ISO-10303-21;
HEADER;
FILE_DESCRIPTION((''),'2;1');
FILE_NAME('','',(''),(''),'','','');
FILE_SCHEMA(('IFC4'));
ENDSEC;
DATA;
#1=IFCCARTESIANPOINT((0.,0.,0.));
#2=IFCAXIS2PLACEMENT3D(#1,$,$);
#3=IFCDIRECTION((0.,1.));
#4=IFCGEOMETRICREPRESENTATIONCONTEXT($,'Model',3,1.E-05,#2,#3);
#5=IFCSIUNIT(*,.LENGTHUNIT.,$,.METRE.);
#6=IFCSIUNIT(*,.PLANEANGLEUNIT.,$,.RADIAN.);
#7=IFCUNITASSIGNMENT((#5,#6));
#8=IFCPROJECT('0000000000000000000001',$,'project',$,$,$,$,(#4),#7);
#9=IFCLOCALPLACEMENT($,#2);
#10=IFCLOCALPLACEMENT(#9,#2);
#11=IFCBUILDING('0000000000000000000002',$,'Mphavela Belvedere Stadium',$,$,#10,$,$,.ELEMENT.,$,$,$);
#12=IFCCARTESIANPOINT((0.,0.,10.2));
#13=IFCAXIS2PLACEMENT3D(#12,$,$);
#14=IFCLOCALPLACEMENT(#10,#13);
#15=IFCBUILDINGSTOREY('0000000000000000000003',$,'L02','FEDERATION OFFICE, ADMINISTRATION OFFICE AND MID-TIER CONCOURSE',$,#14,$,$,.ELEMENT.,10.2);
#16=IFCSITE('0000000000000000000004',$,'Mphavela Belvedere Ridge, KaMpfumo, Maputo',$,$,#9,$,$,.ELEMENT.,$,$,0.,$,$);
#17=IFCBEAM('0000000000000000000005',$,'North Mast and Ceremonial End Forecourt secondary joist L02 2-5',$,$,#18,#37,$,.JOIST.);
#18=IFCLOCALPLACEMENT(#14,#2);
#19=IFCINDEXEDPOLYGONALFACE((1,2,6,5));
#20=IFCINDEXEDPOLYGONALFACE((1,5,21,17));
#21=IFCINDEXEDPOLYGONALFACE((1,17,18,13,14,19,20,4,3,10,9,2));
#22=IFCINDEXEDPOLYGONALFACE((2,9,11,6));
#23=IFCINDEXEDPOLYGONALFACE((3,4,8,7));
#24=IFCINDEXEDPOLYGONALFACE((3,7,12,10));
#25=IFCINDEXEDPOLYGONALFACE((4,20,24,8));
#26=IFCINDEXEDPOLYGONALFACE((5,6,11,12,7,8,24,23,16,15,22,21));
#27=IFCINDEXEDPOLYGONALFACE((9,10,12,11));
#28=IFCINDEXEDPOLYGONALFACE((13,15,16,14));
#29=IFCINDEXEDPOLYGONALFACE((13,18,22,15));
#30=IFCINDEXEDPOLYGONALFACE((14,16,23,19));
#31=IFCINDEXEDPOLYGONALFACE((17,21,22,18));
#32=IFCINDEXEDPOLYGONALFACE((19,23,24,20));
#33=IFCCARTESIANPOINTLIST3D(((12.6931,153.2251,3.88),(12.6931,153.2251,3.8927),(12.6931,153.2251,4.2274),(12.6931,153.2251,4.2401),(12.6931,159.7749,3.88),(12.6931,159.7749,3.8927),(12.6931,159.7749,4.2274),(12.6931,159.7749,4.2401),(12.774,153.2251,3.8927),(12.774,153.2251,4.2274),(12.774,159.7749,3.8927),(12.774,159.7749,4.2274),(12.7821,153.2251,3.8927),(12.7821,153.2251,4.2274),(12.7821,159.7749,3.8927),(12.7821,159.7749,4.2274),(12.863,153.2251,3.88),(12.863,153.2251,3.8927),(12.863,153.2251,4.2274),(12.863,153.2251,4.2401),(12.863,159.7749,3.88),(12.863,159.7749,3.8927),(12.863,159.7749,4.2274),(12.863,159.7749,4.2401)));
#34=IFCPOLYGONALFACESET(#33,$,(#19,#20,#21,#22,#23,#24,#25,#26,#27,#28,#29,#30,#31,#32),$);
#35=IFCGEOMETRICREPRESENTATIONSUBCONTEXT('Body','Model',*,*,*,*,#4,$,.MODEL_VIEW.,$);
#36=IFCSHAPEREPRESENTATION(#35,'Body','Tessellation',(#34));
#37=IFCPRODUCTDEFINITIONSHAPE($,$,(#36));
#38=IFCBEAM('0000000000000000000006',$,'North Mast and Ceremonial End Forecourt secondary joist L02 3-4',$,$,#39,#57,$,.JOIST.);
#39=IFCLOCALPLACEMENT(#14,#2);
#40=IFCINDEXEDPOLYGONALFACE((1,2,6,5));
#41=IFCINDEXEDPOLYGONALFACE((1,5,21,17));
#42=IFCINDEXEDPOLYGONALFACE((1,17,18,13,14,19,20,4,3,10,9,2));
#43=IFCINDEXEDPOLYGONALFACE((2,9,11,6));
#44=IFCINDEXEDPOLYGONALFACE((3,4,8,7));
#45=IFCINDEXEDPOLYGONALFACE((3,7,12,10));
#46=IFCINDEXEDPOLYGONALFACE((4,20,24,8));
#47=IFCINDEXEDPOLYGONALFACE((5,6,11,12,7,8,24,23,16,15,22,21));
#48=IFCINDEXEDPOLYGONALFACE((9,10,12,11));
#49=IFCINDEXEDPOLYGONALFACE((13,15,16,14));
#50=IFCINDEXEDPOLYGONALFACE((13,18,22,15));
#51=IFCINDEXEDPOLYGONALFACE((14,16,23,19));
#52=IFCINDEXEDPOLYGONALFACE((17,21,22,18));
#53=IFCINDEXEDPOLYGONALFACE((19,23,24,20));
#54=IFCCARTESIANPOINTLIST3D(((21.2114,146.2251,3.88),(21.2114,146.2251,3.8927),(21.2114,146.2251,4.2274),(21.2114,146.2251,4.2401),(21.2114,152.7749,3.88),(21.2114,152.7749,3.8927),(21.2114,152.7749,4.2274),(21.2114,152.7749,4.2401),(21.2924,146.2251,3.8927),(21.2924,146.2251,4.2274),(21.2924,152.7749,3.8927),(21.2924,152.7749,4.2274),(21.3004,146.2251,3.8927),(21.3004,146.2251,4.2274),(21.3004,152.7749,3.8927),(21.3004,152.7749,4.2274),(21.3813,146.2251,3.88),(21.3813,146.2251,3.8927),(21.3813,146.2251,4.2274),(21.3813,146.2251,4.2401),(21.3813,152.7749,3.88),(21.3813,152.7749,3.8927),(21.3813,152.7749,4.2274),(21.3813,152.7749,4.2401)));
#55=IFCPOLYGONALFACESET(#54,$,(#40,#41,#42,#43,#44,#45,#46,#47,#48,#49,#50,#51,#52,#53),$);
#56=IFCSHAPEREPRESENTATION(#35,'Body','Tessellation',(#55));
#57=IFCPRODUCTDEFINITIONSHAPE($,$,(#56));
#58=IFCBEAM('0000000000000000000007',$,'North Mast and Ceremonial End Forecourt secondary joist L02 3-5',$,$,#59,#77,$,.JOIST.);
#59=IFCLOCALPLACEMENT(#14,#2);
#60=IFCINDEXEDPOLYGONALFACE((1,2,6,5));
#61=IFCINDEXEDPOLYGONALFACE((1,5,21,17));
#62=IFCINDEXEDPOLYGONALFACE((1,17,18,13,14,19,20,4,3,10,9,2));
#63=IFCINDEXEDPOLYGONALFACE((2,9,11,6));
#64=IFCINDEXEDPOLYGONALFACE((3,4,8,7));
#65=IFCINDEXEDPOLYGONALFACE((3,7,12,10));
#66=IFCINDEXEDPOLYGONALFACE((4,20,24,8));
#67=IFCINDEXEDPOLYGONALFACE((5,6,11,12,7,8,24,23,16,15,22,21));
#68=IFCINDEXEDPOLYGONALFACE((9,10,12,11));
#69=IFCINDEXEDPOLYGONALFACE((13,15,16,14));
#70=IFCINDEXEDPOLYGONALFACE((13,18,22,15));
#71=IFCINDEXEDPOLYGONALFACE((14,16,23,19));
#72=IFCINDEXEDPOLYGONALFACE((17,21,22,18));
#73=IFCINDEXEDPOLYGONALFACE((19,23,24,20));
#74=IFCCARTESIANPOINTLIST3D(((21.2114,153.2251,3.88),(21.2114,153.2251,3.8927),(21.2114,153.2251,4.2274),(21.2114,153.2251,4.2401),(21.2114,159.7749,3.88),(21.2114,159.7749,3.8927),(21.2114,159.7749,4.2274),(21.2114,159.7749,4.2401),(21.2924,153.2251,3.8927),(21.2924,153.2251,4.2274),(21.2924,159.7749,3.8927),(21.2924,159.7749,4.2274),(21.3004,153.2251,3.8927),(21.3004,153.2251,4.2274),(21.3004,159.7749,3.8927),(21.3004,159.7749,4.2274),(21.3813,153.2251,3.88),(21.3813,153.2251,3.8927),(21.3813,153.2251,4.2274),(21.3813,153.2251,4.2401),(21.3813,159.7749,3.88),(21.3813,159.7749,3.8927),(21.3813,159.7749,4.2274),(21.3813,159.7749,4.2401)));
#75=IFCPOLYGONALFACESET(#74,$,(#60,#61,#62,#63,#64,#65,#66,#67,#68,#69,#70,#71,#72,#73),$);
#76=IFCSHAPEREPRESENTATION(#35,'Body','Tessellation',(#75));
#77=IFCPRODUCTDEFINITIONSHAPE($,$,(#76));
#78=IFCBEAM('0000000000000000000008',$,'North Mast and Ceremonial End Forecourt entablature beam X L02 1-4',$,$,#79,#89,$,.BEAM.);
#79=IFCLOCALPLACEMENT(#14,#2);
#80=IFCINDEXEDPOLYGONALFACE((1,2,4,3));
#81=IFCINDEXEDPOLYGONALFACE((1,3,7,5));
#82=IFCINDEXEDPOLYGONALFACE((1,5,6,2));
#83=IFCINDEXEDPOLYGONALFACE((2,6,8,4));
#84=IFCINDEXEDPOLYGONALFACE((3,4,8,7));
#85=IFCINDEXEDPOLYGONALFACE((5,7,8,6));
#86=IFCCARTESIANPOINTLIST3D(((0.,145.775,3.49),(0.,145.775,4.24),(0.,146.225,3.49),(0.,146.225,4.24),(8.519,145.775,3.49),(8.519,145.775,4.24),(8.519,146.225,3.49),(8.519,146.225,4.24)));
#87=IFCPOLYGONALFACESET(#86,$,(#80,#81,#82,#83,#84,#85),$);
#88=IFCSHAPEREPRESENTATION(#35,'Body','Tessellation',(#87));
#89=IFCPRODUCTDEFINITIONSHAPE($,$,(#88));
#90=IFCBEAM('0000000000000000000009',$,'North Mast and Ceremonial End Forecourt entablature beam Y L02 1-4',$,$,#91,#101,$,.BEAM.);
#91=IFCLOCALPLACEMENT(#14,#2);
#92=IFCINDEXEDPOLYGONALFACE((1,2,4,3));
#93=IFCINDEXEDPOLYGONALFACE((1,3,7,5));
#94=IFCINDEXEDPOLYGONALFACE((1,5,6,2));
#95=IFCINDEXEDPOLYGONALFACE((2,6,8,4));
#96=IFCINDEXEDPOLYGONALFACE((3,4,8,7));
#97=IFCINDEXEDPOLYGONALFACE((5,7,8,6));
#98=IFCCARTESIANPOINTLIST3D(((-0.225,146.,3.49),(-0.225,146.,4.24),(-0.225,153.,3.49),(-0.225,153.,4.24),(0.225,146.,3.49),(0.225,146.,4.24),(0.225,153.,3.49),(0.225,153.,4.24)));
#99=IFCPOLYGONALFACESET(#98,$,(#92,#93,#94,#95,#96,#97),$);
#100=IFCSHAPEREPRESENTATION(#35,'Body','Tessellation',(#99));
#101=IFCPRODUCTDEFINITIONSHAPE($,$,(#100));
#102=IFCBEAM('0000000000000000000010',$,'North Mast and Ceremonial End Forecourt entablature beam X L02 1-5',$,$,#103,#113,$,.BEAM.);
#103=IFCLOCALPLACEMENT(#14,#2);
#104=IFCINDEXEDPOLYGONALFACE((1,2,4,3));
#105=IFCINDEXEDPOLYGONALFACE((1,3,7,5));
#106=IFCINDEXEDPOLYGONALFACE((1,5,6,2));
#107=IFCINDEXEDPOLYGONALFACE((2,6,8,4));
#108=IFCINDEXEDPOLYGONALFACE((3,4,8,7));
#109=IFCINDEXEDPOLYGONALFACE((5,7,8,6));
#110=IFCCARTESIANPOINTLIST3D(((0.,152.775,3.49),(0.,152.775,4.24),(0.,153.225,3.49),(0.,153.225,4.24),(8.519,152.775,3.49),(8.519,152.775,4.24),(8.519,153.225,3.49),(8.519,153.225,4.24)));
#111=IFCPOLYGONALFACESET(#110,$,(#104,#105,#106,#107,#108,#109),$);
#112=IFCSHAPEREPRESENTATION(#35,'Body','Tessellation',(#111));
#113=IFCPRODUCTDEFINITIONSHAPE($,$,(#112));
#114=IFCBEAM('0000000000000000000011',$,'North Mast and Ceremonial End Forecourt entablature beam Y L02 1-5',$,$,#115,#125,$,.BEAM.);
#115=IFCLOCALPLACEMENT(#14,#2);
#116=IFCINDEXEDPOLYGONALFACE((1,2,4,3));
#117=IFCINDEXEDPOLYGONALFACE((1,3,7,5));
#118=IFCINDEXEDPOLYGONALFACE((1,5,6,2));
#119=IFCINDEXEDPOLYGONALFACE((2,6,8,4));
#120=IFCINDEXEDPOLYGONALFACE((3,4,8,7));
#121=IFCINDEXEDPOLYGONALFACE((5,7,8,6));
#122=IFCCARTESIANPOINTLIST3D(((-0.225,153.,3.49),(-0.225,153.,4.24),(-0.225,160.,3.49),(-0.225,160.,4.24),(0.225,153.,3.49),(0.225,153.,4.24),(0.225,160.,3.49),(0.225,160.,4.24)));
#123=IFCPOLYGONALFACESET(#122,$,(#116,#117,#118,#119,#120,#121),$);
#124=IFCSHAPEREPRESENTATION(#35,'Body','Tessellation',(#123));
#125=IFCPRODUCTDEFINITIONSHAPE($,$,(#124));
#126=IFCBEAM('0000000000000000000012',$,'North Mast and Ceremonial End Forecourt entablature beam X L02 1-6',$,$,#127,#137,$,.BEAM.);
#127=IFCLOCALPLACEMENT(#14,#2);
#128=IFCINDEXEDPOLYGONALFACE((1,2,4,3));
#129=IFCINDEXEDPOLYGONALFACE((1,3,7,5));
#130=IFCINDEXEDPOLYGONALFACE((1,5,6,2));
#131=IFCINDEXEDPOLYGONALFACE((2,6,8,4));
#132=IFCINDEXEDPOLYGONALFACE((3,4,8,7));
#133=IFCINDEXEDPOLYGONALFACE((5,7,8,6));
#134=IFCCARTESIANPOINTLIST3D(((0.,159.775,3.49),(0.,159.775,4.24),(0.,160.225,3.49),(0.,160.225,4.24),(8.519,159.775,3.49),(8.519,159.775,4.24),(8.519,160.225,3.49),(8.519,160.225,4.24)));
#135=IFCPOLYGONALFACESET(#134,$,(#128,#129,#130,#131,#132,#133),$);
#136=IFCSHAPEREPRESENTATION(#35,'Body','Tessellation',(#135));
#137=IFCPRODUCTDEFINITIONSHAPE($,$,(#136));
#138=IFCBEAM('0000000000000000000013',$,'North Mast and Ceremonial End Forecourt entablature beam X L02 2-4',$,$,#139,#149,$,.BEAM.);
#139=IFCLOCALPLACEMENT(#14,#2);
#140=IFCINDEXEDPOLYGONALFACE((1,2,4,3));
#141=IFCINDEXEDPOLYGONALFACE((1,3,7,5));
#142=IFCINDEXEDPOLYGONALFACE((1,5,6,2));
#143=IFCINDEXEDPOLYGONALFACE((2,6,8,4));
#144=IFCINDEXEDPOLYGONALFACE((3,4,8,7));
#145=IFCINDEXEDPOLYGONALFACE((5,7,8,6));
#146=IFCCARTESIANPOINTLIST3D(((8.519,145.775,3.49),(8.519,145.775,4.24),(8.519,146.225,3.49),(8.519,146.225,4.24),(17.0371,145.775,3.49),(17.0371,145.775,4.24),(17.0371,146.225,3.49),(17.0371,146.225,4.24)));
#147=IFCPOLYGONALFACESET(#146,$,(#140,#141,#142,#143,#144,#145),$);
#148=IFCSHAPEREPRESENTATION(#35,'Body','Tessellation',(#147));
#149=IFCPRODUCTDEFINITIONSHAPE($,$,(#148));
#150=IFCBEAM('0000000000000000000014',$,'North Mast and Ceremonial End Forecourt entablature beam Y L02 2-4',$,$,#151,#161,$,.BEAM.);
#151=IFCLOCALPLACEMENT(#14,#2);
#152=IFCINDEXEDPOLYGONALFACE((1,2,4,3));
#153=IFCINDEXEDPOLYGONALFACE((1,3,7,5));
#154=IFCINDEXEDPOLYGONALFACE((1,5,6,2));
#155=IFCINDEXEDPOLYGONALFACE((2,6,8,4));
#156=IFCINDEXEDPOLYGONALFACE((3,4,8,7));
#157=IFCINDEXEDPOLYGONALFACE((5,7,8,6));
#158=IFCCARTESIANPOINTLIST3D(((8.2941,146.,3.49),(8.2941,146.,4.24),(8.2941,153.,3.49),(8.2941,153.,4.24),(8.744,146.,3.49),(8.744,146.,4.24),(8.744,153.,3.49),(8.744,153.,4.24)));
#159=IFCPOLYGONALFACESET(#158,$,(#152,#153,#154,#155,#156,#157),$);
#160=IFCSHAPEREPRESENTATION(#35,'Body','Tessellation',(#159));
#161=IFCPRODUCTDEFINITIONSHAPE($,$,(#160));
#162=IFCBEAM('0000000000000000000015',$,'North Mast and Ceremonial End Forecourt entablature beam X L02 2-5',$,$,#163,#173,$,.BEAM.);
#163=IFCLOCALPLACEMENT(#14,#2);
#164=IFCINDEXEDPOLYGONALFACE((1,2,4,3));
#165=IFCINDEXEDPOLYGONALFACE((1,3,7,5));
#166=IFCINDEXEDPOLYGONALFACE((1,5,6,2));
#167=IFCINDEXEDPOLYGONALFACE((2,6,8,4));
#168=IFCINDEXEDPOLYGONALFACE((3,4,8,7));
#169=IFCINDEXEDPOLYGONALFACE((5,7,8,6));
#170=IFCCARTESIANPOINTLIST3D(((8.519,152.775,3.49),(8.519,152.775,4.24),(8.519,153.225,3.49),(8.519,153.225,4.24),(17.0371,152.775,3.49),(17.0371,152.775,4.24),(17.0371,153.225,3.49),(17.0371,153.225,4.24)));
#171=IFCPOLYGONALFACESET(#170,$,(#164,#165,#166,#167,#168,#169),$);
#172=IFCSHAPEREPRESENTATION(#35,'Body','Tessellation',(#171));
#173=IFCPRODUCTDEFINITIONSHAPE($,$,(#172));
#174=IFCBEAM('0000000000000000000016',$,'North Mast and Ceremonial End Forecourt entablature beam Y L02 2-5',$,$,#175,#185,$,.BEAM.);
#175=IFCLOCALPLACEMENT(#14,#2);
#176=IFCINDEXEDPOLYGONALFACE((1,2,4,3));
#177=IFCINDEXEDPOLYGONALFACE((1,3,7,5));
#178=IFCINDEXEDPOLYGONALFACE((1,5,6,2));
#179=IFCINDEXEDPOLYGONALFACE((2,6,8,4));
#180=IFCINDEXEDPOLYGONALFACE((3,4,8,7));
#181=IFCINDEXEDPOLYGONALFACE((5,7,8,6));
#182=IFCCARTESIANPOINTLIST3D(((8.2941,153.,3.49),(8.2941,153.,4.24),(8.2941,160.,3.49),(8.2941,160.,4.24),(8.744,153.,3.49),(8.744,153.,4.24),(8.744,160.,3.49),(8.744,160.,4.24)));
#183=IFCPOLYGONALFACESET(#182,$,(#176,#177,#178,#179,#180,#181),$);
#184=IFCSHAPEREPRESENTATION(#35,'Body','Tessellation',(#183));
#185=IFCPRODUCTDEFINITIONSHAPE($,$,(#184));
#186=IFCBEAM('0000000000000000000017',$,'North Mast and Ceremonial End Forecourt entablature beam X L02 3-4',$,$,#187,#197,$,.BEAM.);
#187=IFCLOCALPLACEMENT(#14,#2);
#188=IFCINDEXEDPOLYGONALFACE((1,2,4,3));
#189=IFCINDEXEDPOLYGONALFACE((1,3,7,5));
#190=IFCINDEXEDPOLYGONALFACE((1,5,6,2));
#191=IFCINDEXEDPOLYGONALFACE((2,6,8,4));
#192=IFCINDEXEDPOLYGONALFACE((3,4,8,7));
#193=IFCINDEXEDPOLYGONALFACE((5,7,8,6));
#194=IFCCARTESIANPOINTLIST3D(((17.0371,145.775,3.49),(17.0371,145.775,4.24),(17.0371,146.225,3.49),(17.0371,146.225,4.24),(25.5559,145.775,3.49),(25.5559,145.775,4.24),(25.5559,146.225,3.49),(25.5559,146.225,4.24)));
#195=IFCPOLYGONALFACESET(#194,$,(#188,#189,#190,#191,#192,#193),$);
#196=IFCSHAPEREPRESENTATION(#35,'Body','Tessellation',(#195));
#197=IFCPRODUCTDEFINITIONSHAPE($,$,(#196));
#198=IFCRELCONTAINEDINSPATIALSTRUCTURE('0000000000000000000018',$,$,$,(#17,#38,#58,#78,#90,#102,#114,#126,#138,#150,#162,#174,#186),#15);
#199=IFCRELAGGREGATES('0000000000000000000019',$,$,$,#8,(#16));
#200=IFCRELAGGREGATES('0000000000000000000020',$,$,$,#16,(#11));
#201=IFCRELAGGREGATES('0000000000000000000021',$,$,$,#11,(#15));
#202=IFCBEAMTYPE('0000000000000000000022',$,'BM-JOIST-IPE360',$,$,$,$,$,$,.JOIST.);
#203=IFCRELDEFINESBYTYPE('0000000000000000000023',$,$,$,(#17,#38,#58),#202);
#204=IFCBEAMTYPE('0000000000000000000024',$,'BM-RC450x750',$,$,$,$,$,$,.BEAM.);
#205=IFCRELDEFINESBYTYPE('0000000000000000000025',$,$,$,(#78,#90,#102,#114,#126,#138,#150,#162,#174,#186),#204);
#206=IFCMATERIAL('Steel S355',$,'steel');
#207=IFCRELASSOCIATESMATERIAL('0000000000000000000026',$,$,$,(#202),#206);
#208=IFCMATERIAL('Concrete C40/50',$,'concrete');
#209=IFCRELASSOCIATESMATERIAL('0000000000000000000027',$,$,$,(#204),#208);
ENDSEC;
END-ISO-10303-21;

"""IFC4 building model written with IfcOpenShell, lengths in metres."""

from ifc_helpers import new_model, si_unit, direction, frame, origin, origin_2d, place, context, subcontext, project, spatial, rectangle, i_section, extrude, material, material_profile, profile_set, type_object, element, save


model = new_model("IFC4")

# Units and contexts
model_context = context("Model", 3, precision=1e-05, world=origin(), true_north=direction((0.0, 1.0)))
body_context = subcontext(model_context, "Body", "Model", "MODEL_VIEW")
ifc_project = project(units=[si_unit("LENGTHUNIT", "METRE"), si_unit("PLANEANGLEUNIT", "RADIAN")], contexts=[model_context])

# Site, building, storey
site_placement = place(None, origin())
site = spatial("IfcSite", under=ifc_project, at=site_placement, Name="Mphavela Belvedere Ridge, KaMpfumo, Maputo", CompositionType="ELEMENT", RefElevation=0.0)
building_placement = place(site_placement, origin())
building = spatial("IfcBuilding", under=site, at=building_placement, Name="Mphavela Belvedere Stadium", CompositionType="ELEMENT")
storey_placement = place(building_placement, frame((0.0, 0.0, 10.2)))
storey = spatial("IfcBuildingStorey", under=building, at=storey_placement, Name="L02", Description="FEDERATION OFFICE, ADMINISTRATION OFFICE AND MID-TIER CONCOURSE", CompositionType="ELEMENT", Elevation=10.2)

# Beams
ifc_material_1 = material(Name="Steel S355", Category="steel")
ifc_material_profile_1 = material_profile(ifc_material_1, i_section(OverallWidth=0.1699, OverallDepth=0.3601, WebThickness=0.0081, FlangeThickness=0.0127, at=origin_2d()), Name="IPE 360")
ifc_profile_set_1 = profile_set([ifc_material_profile_1], Name="Steel S355")
beam_type_1 = type_object("IfcBeamType", Name="BM-JOIST-IPE360", PredefinedType="JOIST", material=ifc_profile_set_1)
for number, where, z_axis, x_axis, name in (
    (1, (12.7781, 153.2251, 4.0601), (0.0, 1.0, 0.0), (-1.0, 0.0, 0.0), "North Mast and Ceremonial End Forecourt secondary joist L02 2-5"),
    (2, (21.2964, 146.2251, 4.0601), (0.0, 1.0, 0.0), (-1.0, 0.0, 0.0), "North Mast and Ceremonial End Forecourt secondary joist L02 3-4"),
    (3, (21.2964, 153.2251, 4.0601), (0.0, 1.0, 0.0), (-1.0, 0.0, 0.0), "North Mast and Ceremonial End Forecourt secondary joist L02 3-5"),
):
    element("IfcBeam", number, at=place(storey_placement, frame(where, z_axis=z_axis, x_axis=x_axis)), inside=storey, type_object=beam_type_1, Name=name, PredefinedType="JOIST", context=body_context, shape_type="SweptSolid", body=[
        extrude(i_section(OverallWidth=0.1699, OverallDepth=0.3601, WebThickness=0.0081, FlangeThickness=0.0127, at=origin_2d()), origin(), (0.0, 0.0, 1.0), 6.5498),
    ])
ifc_material_2 = material(Name="Concrete C40/50", Category="concrete")
ifc_material_profile_2 = material_profile(ifc_material_2, rectangle(XDim=0.45, YDim=0.75, at=origin_2d()), Name="RC 450x750")
ifc_profile_set_2 = profile_set([ifc_material_profile_2], Name="Concrete C40/50")
beam_type_2 = type_object("IfcBeamType", Name="BM-RC450x750", PredefinedType="BEAM", material=ifc_profile_set_2)
beam_1_placement = place(storey_placement, frame((0.0, 146.0, 3.865), z_axis=(1.0, 0.0, 0.0), x_axis=(0.0, 1.0, 0.0)))
element("IfcBeam", 4, at=beam_1_placement, inside=storey, type_object=beam_type_2, Name="North Mast and Ceremonial End Forecourt entablature beam X L02 1-4", PredefinedType="BEAM", context=body_context, shape_type="SweptSolid", body=[
    extrude(rectangle(XDim=0.45, YDim=0.75, at=origin_2d()), origin(), (0.0, 0.0, 1.0), 8.519),
])
beam_2_placement = place(storey_placement, frame((0.0, 146.0, 3.865), z_axis=(0.0, 1.0, 0.0), x_axis=(-1.0, 0.0, 0.0)))
element("IfcBeam", 5, at=beam_2_placement, inside=storey, type_object=beam_type_2, Name="North Mast and Ceremonial End Forecourt entablature beam Y L02 1-4", PredefinedType="BEAM", context=body_context, shape_type="SweptSolid", body=[
    extrude(rectangle(XDim=0.45, YDim=0.75, at=origin_2d()), origin(), (0.0, 0.0, 1.0), 7.0),
])
beam_3_placement = place(storey_placement, frame((0.0, 153.0, 3.865), z_axis=(1.0, 0.0, 0.0), x_axis=(0.0, 1.0, 0.0)))
element("IfcBeam", 6, at=beam_3_placement, inside=storey, type_object=beam_type_2, Name="North Mast and Ceremonial End Forecourt entablature beam X L02 1-5", PredefinedType="BEAM", context=body_context, shape_type="SweptSolid", body=[
    extrude(rectangle(XDim=0.45, YDim=0.75, at=origin_2d()), origin(), (0.0, 0.0, 1.0), 8.519),
])
beam_4_placement = place(storey_placement, frame((0.0, 153.0, 3.865), z_axis=(0.0, 1.0, 0.0), x_axis=(-1.0, 0.0, 0.0)))
element("IfcBeam", 7, at=beam_4_placement, inside=storey, type_object=beam_type_2, Name="North Mast and Ceremonial End Forecourt entablature beam Y L02 1-5", PredefinedType="BEAM", context=body_context, shape_type="SweptSolid", body=[
    extrude(rectangle(XDim=0.45, YDim=0.75, at=origin_2d()), origin(), (0.0, 0.0, 1.0), 7.0),
])
beam_5_placement = place(storey_placement, frame((0.0, 160.0, 3.865), z_axis=(1.0, 0.0, 0.0), x_axis=(0.0, 1.0, 0.0)))
element("IfcBeam", 8, at=beam_5_placement, inside=storey, type_object=beam_type_2, Name="North Mast and Ceremonial End Forecourt entablature beam X L02 1-6", PredefinedType="BEAM", context=body_context, shape_type="SweptSolid", body=[
    extrude(rectangle(XDim=0.45, YDim=0.75, at=origin_2d()), origin(), (0.0, 0.0, 1.0), 8.519),
])
beam_6_placement = place(storey_placement, frame((8.519, 146.0, 3.865), z_axis=(1.0, 0.0, 0.0), x_axis=(0.0, 1.0, 0.0)))
element("IfcBeam", 9, at=beam_6_placement, inside=storey, type_object=beam_type_2, Name="North Mast and Ceremonial End Forecourt entablature beam X L02 2-4", PredefinedType="BEAM", context=body_context, shape_type="SweptSolid", body=[
    extrude(rectangle(XDim=0.45, YDim=0.75, at=origin_2d()), origin(), (0.0, 0.0, 1.0), 8.5181),
])
beam_7_placement = place(storey_placement, frame((8.519, 146.0, 3.865), z_axis=(0.0, 1.0, 0.0), x_axis=(-1.0, 0.0, 0.0)))
element("IfcBeam", 10, at=beam_7_placement, inside=storey, type_object=beam_type_2, Name="North Mast and Ceremonial End Forecourt entablature beam Y L02 2-4", PredefinedType="BEAM", context=body_context, shape_type="SweptSolid", body=[
    extrude(rectangle(XDim=0.45, YDim=0.75, at=origin_2d()), origin(), (0.0, 0.0, 1.0), 7.0),
])
beam_8_placement = place(storey_placement, frame((8.519, 153.0, 3.865), z_axis=(1.0, 0.0, 0.0), x_axis=(0.0, 1.0, 0.0)))
element("IfcBeam", 11, at=beam_8_placement, inside=storey, type_object=beam_type_2, Name="North Mast and Ceremonial End Forecourt entablature beam X L02 2-5", PredefinedType="BEAM", context=body_context, shape_type="SweptSolid", body=[
    extrude(rectangle(XDim=0.45, YDim=0.75, at=origin_2d()), origin(), (0.0, 0.0, 1.0), 8.5181),
])
beam_9_placement = place(storey_placement, frame((8.519, 153.0, 3.865), z_axis=(0.0, 1.0, 0.0), x_axis=(-1.0, 0.0, 0.0)))
element("IfcBeam", 12, at=beam_9_placement, inside=storey, type_object=beam_type_2, Name="North Mast and Ceremonial End Forecourt entablature beam Y L02 2-5", PredefinedType="BEAM", context=body_context, shape_type="SweptSolid", body=[
    extrude(rectangle(XDim=0.45, YDim=0.75, at=origin_2d()), origin(), (0.0, 0.0, 1.0), 7.0),
])
beam_10_placement = place(storey_placement, frame((17.0371, 146.0, 3.865), z_axis=(1.0, 0.0, 0.0), x_axis=(0.0, 1.0, 0.0)))
element("IfcBeam", 13, at=beam_10_placement, inside=storey, type_object=beam_type_2, Name="North Mast and Ceremonial End Forecourt entablature beam X L02 3-4", PredefinedType="BEAM", context=body_context, shape_type="SweptSolid", body=[
    extrude(rectangle(XDim=0.45, YDim=0.75, at=origin_2d()), origin(), (0.0, 0.0, 1.0), 8.5188),
])

save(model, "model.ifc")
